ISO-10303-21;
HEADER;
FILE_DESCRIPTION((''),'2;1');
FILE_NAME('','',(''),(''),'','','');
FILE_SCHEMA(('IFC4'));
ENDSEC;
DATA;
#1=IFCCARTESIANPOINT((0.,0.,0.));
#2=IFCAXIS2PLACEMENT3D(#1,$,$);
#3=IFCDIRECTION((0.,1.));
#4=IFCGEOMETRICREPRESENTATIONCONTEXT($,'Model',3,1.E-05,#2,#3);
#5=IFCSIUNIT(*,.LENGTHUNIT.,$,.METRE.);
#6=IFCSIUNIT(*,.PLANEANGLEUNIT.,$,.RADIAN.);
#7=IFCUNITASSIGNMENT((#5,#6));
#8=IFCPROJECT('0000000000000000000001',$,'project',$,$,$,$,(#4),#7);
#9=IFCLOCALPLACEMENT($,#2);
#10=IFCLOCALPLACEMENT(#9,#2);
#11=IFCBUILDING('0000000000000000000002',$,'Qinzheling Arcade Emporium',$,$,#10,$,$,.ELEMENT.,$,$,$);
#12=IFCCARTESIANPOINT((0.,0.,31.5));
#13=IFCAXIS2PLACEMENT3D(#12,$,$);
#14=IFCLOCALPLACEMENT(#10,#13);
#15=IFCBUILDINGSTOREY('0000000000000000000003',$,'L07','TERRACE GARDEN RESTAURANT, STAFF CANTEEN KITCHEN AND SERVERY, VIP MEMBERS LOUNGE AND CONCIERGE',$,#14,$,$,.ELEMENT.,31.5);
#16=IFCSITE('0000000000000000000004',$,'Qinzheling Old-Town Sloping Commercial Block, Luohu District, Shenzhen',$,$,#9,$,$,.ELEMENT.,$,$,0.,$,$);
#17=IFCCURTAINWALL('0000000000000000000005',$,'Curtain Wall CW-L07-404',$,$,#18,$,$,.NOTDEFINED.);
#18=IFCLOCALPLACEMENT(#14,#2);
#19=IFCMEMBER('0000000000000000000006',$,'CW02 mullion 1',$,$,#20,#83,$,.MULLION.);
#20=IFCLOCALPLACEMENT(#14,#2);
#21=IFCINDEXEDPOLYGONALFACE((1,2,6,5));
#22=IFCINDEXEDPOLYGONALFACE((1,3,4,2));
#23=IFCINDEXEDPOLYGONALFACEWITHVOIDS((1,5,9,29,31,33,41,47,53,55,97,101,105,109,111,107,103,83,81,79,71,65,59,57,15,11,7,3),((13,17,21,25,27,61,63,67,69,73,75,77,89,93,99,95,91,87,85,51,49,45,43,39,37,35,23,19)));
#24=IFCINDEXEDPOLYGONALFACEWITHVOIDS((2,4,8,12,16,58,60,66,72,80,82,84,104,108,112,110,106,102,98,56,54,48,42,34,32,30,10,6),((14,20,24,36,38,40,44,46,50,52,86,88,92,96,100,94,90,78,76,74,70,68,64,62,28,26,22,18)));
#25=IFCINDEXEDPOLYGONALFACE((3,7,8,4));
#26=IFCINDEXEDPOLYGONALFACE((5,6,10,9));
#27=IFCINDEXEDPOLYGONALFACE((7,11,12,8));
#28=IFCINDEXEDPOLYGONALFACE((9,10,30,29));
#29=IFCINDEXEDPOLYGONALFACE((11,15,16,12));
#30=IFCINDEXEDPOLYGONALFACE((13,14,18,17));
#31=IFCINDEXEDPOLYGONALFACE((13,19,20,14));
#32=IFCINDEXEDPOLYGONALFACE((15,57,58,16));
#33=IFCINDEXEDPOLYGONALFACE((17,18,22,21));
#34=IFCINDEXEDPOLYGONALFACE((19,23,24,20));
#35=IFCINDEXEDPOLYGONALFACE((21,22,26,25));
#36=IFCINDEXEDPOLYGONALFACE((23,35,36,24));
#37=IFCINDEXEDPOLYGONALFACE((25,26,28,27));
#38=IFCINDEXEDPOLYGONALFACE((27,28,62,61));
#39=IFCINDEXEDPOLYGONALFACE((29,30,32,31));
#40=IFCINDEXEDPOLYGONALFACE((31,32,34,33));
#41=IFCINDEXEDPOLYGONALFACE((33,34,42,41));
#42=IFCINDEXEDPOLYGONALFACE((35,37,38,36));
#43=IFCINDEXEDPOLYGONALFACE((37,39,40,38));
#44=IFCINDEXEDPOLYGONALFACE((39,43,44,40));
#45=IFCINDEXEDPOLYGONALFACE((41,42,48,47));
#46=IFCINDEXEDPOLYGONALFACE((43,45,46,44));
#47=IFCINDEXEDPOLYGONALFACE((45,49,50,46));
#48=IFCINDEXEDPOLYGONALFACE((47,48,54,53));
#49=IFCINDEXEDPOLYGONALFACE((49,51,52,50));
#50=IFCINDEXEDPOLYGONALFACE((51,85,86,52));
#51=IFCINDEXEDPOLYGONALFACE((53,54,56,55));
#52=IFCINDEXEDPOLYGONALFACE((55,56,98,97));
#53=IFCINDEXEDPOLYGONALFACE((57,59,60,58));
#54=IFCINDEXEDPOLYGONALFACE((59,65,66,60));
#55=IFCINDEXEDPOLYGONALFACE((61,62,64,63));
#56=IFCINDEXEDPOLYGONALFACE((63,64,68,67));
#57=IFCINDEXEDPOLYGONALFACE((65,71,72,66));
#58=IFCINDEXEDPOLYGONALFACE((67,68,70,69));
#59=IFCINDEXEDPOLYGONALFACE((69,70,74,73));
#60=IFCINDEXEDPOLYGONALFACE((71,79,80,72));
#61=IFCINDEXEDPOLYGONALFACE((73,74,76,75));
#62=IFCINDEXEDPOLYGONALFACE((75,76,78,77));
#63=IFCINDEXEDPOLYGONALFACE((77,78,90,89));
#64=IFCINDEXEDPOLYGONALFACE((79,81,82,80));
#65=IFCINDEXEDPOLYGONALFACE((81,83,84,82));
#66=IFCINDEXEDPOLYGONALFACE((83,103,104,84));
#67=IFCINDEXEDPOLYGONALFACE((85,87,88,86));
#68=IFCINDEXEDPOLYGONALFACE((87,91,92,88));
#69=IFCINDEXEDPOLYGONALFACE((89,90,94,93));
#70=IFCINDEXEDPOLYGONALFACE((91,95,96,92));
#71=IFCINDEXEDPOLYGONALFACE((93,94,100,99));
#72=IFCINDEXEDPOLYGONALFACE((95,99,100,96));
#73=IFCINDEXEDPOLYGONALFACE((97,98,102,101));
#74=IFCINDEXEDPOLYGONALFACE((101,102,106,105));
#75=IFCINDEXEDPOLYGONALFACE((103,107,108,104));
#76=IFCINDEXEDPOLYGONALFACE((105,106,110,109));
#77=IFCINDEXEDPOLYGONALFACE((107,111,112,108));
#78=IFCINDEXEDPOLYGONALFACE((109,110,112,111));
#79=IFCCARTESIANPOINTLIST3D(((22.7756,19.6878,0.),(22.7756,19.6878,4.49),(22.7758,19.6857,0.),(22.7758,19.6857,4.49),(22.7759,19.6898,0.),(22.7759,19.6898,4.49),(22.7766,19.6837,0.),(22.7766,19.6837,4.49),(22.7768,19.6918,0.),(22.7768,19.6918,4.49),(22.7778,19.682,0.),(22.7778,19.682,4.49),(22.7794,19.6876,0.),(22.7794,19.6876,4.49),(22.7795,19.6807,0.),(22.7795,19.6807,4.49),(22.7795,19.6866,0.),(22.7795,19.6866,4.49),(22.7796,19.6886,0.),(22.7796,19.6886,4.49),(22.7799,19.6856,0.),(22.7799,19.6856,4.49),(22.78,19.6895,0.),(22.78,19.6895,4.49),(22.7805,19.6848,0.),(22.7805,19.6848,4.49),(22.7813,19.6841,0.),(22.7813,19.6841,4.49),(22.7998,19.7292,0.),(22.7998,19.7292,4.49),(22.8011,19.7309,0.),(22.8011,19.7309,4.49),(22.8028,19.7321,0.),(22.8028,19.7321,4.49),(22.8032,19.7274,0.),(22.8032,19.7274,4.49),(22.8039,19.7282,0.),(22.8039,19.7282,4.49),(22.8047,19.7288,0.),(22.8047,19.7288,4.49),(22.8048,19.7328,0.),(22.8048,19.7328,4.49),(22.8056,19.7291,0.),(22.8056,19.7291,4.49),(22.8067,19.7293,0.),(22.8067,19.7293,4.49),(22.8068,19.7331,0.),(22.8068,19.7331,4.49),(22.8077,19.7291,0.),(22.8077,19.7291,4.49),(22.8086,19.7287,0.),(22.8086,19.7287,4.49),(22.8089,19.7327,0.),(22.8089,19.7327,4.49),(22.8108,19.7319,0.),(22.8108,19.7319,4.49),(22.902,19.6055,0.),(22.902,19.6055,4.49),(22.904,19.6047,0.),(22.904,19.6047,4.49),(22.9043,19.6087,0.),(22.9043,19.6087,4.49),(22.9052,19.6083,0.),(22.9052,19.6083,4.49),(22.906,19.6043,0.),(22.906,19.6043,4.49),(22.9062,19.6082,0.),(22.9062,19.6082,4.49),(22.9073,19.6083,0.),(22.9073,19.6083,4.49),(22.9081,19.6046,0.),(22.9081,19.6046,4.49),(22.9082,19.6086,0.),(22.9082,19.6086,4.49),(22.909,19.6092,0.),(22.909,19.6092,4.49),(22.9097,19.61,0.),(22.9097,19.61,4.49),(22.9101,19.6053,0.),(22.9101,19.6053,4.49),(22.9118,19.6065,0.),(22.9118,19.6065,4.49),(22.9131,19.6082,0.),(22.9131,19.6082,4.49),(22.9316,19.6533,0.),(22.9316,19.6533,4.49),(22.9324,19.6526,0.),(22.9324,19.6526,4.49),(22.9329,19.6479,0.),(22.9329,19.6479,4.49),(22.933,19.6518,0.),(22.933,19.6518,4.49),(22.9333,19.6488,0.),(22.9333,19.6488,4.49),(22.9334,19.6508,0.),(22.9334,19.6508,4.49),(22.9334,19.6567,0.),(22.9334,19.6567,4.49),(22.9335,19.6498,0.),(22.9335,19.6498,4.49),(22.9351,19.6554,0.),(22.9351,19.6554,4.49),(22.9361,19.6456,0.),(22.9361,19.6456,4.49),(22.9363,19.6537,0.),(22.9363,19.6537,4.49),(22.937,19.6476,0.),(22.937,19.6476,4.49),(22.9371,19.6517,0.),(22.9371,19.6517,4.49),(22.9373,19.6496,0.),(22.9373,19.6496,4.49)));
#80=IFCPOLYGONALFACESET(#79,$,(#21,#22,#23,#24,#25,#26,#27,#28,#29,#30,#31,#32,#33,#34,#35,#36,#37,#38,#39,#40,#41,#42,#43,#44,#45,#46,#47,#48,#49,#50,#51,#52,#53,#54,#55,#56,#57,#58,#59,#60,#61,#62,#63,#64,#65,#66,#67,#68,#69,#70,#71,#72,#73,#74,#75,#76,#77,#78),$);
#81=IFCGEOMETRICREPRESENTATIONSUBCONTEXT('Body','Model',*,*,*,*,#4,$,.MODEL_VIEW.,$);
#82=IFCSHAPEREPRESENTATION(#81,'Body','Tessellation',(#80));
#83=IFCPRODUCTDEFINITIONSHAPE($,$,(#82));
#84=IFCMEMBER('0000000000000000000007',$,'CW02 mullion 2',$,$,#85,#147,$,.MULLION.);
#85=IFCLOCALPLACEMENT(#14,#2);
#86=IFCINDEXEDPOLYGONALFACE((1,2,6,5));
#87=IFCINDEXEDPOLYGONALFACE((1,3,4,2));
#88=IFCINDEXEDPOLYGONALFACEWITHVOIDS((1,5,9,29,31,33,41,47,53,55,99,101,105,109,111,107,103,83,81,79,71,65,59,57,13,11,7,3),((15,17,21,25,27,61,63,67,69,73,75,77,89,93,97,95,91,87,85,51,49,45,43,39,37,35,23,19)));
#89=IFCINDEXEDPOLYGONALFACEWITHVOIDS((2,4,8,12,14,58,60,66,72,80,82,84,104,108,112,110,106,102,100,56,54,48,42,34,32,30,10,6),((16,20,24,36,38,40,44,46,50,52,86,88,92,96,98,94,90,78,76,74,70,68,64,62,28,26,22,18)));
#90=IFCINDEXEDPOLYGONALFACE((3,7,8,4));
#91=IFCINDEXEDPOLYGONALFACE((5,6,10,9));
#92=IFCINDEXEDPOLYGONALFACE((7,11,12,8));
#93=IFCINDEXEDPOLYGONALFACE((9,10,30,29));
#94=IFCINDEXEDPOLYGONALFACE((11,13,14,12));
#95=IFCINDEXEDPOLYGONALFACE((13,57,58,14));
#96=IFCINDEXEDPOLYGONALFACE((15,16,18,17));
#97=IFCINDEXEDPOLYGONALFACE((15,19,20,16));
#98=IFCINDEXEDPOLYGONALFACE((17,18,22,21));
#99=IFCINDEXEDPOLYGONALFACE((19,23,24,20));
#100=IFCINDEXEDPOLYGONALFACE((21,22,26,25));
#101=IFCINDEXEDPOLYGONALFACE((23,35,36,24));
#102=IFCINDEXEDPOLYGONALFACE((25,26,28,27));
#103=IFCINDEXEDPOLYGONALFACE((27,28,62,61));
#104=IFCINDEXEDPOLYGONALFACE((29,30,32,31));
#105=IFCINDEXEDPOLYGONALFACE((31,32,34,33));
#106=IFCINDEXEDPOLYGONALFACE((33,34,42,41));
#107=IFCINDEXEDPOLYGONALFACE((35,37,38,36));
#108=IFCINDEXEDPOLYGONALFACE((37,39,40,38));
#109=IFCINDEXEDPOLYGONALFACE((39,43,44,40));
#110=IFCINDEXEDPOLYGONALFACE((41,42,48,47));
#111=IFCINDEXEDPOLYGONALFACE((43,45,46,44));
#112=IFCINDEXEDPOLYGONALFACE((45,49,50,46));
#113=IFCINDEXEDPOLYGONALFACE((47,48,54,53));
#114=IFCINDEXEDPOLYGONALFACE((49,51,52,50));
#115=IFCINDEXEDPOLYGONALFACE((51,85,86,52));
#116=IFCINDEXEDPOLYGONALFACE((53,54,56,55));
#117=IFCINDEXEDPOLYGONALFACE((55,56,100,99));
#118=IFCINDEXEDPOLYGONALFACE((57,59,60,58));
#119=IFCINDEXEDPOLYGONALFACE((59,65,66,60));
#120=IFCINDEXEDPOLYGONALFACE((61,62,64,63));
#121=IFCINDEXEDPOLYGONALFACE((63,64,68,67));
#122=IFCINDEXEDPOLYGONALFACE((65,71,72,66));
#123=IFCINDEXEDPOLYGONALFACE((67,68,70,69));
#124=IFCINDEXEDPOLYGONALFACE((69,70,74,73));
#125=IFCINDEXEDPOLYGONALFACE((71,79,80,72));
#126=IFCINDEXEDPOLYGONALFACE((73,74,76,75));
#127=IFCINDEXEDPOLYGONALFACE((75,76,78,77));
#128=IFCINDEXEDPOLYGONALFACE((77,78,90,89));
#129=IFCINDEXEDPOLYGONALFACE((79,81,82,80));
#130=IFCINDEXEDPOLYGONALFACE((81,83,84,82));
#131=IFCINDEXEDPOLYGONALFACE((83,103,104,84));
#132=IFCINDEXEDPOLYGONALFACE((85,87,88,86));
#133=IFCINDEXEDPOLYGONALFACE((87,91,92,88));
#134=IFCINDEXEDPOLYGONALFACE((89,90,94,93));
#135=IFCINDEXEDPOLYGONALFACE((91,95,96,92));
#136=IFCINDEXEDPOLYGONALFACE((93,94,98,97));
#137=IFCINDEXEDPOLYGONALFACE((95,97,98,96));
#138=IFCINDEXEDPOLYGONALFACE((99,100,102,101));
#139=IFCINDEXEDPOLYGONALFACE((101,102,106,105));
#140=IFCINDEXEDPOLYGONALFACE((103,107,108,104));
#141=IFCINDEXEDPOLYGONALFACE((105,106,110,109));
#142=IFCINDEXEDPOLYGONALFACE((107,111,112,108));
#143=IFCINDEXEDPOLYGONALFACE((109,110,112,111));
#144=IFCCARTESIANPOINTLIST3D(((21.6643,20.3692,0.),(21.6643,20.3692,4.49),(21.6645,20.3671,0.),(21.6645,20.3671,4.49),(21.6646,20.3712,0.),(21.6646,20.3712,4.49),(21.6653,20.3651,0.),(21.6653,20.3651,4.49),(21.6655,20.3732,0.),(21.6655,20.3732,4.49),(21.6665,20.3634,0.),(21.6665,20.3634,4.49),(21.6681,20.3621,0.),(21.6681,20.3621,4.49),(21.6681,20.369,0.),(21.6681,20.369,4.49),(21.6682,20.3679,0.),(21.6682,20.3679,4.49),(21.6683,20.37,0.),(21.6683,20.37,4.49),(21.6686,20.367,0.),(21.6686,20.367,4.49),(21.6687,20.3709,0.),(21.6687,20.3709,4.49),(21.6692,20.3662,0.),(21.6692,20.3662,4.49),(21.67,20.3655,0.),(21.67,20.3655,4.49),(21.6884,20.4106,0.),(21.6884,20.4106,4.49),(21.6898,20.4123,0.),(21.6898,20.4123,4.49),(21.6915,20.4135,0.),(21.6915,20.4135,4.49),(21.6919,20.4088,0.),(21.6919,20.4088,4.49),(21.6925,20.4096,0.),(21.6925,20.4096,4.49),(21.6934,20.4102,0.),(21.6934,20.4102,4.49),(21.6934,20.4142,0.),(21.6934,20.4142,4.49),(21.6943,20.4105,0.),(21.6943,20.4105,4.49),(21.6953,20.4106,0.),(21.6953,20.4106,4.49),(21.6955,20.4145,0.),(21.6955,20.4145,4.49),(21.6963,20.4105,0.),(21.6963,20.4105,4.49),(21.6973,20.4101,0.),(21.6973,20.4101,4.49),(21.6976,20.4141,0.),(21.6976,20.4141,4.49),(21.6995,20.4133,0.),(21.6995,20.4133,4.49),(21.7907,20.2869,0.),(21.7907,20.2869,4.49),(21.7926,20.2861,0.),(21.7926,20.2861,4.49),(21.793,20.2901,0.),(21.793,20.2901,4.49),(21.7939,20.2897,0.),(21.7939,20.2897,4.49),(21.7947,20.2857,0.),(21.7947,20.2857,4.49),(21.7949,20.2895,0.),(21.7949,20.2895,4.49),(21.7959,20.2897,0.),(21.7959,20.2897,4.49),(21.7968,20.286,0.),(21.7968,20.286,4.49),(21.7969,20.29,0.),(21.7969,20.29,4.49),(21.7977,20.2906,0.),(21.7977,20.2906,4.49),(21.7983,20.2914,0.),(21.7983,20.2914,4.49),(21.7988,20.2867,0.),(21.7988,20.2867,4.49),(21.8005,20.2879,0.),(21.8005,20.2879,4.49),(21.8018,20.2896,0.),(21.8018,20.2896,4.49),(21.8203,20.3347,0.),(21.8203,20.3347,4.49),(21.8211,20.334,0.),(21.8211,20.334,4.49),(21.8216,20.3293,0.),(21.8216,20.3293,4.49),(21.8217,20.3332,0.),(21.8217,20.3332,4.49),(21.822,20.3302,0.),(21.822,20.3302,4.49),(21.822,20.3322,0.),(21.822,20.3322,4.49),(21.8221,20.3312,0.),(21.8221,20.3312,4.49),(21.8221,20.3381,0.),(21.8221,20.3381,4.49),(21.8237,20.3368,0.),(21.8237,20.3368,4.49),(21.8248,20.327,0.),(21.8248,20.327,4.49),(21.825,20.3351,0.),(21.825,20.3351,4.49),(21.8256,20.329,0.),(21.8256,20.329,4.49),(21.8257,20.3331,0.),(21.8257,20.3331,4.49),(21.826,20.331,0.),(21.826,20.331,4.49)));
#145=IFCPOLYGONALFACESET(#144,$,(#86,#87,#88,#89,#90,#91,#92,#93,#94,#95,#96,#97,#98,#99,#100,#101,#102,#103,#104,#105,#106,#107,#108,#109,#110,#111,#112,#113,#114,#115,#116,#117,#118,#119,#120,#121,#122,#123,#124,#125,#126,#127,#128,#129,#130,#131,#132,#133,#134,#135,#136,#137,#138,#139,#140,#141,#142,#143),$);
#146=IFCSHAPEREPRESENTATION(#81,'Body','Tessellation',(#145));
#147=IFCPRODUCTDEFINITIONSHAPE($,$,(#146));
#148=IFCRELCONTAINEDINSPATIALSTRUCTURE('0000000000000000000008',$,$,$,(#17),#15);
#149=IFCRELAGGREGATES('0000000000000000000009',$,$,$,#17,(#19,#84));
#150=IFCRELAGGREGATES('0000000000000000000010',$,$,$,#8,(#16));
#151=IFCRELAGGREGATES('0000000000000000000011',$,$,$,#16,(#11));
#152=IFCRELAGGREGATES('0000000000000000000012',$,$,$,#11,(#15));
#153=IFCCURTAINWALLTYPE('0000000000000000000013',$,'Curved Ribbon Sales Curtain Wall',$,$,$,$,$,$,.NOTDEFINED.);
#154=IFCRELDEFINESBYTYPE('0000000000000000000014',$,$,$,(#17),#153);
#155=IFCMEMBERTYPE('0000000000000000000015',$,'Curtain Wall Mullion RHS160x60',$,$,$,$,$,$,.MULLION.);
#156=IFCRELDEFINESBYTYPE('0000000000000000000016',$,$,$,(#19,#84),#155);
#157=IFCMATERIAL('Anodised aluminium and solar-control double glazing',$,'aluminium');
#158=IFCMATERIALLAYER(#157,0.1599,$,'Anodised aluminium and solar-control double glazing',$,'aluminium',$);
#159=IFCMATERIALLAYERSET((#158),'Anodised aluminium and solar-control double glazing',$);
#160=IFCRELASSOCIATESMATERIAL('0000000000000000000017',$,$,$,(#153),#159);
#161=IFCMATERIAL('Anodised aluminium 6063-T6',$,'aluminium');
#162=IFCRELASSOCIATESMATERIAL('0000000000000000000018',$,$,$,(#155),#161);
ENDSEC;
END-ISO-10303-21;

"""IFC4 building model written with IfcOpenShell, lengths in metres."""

from ifc_helpers import new_model, si_unit, direction, frame, origin, origin_2d, place, context, subcontext, project, spatial, hollow_rectangle, extrude, material, layer, layer_set, material_profile, profile_set, type_object, element, aggregate, save


model = new_model("IFC4")

# Units and contexts
model_context = context("Model", 3, precision=1e-05, world=origin(), true_north=direction((0.0, 1.0)))
body_context = subcontext(model_context, "Body", "Model", "MODEL_VIEW")
ifc_project = project(units=[si_unit("LENGTHUNIT", "METRE"), si_unit("PLANEANGLEUNIT", "RADIAN")], contexts=[model_context])

# Site, building, storey
site_placement = place(None, origin())
site = spatial("IfcSite", under=ifc_project, at=site_placement, Name="Qinzheling Old-Town Sloping Commercial Block, Luohu District, Shenzhen", CompositionType="ELEMENT", RefElevation=0.0)
building_placement = place(site_placement, origin())
building = spatial("IfcBuilding", under=site, at=building_placement, Name="Qinzheling Arcade Emporium", CompositionType="ELEMENT")
storey_placement = place(building_placement, frame((0.0, 0.0, 31.5)))
storey = spatial("IfcBuildingStorey", under=building, at=storey_placement, Name="L07", Description="TERRACE GARDEN RESTAURANT, STAFF CANTEEN KITCHEN AND SERVERY, VIP MEMBERS LOUNGE AND CONCIERGE", CompositionType="ELEMENT", Elevation=31.5)

# Curtain wall, members
ifc_material_1 = material(Name="Anodised aluminium and solar-control double glazing", Category="aluminium")
ifc_layer_1 = layer(ifc_material_1, 0.1599, Name="Anodised aluminium and solar-control double glazing", Category="aluminium")
ifc_layer_set_1 = layer_set([ifc_layer_1], Name="Anodised aluminium and solar-control double glazing")
curtain_wall_type = type_object("IfcCurtainWallType", Name="Curved Ribbon Sales Curtain Wall", PredefinedType="NOTDEFINED", material=ifc_layer_set_1)
ifc_material_2 = material(Name="Anodised aluminium 6063-T6", Category="aluminium")
ifc_material_profile_1 = material_profile(ifc_material_2, hollow_rectangle(XDim=0.0601, YDim=0.1599, WallThickness=0.0039, InnerFilletRadius=0.0039, OuterFilletRadius=0.0081, at=origin_2d()), Name="RHS 160x60x4", Category="aluminium")
ifc_profile_set_1 = profile_set([ifc_material_profile_1], Name="Anodised aluminium 6063-T6")
member_type_1 = type_object("IfcMemberType", Name="Curtain Wall Mullion RHS160x60", PredefinedType="MULLION", material=ifc_profile_set_1)
curtain_wall_1_placement = place(storey_placement, origin())
curtain_wall_1 = element("IfcCurtainWall", 1, at=curtain_wall_1_placement, inside=storey, type_object=curtain_wall_type, Name="Curtain Wall CW-L07-404", PredefinedType="NOTDEFINED")
member_1_placement = place(storey_placement, frame((22.8564, 19.6687, 0.0), z_axis=(0.0, 0.0, 1.0), x_axis=(-0.522632, -0.852558, 0.0)))
member_1 = element("IfcMember", 2, at=member_1_placement, type_object=member_type_1, Name="CW02 mullion 1", PredefinedType="MULLION", context=body_context, shape_type="SweptSolid", body=[
    extrude(hollow_rectangle(XDim=0.0601, YDim=0.1599, WallThickness=0.0039, InnerFilletRadius=0.0039, OuterFilletRadius=0.0081, at=origin_2d()), origin(), (0.0, 0.0, 1.0), 4.49),
])
member_2_placement = place(storey_placement, frame((21.7451, 20.3501, 0.0), z_axis=(0.0, 0.0, 1.0), x_axis=(-0.522632, -0.852558, 0.0)))
member_2 = element("IfcMember", 3, at=member_2_placement, type_object=member_type_1, Name="CW02 mullion 2", PredefinedType="MULLION", context=body_context, shape_type="SweptSolid", body=[
    extrude(hollow_rectangle(XDim=0.0601, YDim=0.1599, WallThickness=0.0039, InnerFilletRadius=0.0039, OuterFilletRadius=0.0081, at=origin_2d()), origin(), (0.0, 0.0, 1.0), 4.49),
])

aggregate(curtain_wall_1, [member_1, member_2])

save(model, "model.ifc")
